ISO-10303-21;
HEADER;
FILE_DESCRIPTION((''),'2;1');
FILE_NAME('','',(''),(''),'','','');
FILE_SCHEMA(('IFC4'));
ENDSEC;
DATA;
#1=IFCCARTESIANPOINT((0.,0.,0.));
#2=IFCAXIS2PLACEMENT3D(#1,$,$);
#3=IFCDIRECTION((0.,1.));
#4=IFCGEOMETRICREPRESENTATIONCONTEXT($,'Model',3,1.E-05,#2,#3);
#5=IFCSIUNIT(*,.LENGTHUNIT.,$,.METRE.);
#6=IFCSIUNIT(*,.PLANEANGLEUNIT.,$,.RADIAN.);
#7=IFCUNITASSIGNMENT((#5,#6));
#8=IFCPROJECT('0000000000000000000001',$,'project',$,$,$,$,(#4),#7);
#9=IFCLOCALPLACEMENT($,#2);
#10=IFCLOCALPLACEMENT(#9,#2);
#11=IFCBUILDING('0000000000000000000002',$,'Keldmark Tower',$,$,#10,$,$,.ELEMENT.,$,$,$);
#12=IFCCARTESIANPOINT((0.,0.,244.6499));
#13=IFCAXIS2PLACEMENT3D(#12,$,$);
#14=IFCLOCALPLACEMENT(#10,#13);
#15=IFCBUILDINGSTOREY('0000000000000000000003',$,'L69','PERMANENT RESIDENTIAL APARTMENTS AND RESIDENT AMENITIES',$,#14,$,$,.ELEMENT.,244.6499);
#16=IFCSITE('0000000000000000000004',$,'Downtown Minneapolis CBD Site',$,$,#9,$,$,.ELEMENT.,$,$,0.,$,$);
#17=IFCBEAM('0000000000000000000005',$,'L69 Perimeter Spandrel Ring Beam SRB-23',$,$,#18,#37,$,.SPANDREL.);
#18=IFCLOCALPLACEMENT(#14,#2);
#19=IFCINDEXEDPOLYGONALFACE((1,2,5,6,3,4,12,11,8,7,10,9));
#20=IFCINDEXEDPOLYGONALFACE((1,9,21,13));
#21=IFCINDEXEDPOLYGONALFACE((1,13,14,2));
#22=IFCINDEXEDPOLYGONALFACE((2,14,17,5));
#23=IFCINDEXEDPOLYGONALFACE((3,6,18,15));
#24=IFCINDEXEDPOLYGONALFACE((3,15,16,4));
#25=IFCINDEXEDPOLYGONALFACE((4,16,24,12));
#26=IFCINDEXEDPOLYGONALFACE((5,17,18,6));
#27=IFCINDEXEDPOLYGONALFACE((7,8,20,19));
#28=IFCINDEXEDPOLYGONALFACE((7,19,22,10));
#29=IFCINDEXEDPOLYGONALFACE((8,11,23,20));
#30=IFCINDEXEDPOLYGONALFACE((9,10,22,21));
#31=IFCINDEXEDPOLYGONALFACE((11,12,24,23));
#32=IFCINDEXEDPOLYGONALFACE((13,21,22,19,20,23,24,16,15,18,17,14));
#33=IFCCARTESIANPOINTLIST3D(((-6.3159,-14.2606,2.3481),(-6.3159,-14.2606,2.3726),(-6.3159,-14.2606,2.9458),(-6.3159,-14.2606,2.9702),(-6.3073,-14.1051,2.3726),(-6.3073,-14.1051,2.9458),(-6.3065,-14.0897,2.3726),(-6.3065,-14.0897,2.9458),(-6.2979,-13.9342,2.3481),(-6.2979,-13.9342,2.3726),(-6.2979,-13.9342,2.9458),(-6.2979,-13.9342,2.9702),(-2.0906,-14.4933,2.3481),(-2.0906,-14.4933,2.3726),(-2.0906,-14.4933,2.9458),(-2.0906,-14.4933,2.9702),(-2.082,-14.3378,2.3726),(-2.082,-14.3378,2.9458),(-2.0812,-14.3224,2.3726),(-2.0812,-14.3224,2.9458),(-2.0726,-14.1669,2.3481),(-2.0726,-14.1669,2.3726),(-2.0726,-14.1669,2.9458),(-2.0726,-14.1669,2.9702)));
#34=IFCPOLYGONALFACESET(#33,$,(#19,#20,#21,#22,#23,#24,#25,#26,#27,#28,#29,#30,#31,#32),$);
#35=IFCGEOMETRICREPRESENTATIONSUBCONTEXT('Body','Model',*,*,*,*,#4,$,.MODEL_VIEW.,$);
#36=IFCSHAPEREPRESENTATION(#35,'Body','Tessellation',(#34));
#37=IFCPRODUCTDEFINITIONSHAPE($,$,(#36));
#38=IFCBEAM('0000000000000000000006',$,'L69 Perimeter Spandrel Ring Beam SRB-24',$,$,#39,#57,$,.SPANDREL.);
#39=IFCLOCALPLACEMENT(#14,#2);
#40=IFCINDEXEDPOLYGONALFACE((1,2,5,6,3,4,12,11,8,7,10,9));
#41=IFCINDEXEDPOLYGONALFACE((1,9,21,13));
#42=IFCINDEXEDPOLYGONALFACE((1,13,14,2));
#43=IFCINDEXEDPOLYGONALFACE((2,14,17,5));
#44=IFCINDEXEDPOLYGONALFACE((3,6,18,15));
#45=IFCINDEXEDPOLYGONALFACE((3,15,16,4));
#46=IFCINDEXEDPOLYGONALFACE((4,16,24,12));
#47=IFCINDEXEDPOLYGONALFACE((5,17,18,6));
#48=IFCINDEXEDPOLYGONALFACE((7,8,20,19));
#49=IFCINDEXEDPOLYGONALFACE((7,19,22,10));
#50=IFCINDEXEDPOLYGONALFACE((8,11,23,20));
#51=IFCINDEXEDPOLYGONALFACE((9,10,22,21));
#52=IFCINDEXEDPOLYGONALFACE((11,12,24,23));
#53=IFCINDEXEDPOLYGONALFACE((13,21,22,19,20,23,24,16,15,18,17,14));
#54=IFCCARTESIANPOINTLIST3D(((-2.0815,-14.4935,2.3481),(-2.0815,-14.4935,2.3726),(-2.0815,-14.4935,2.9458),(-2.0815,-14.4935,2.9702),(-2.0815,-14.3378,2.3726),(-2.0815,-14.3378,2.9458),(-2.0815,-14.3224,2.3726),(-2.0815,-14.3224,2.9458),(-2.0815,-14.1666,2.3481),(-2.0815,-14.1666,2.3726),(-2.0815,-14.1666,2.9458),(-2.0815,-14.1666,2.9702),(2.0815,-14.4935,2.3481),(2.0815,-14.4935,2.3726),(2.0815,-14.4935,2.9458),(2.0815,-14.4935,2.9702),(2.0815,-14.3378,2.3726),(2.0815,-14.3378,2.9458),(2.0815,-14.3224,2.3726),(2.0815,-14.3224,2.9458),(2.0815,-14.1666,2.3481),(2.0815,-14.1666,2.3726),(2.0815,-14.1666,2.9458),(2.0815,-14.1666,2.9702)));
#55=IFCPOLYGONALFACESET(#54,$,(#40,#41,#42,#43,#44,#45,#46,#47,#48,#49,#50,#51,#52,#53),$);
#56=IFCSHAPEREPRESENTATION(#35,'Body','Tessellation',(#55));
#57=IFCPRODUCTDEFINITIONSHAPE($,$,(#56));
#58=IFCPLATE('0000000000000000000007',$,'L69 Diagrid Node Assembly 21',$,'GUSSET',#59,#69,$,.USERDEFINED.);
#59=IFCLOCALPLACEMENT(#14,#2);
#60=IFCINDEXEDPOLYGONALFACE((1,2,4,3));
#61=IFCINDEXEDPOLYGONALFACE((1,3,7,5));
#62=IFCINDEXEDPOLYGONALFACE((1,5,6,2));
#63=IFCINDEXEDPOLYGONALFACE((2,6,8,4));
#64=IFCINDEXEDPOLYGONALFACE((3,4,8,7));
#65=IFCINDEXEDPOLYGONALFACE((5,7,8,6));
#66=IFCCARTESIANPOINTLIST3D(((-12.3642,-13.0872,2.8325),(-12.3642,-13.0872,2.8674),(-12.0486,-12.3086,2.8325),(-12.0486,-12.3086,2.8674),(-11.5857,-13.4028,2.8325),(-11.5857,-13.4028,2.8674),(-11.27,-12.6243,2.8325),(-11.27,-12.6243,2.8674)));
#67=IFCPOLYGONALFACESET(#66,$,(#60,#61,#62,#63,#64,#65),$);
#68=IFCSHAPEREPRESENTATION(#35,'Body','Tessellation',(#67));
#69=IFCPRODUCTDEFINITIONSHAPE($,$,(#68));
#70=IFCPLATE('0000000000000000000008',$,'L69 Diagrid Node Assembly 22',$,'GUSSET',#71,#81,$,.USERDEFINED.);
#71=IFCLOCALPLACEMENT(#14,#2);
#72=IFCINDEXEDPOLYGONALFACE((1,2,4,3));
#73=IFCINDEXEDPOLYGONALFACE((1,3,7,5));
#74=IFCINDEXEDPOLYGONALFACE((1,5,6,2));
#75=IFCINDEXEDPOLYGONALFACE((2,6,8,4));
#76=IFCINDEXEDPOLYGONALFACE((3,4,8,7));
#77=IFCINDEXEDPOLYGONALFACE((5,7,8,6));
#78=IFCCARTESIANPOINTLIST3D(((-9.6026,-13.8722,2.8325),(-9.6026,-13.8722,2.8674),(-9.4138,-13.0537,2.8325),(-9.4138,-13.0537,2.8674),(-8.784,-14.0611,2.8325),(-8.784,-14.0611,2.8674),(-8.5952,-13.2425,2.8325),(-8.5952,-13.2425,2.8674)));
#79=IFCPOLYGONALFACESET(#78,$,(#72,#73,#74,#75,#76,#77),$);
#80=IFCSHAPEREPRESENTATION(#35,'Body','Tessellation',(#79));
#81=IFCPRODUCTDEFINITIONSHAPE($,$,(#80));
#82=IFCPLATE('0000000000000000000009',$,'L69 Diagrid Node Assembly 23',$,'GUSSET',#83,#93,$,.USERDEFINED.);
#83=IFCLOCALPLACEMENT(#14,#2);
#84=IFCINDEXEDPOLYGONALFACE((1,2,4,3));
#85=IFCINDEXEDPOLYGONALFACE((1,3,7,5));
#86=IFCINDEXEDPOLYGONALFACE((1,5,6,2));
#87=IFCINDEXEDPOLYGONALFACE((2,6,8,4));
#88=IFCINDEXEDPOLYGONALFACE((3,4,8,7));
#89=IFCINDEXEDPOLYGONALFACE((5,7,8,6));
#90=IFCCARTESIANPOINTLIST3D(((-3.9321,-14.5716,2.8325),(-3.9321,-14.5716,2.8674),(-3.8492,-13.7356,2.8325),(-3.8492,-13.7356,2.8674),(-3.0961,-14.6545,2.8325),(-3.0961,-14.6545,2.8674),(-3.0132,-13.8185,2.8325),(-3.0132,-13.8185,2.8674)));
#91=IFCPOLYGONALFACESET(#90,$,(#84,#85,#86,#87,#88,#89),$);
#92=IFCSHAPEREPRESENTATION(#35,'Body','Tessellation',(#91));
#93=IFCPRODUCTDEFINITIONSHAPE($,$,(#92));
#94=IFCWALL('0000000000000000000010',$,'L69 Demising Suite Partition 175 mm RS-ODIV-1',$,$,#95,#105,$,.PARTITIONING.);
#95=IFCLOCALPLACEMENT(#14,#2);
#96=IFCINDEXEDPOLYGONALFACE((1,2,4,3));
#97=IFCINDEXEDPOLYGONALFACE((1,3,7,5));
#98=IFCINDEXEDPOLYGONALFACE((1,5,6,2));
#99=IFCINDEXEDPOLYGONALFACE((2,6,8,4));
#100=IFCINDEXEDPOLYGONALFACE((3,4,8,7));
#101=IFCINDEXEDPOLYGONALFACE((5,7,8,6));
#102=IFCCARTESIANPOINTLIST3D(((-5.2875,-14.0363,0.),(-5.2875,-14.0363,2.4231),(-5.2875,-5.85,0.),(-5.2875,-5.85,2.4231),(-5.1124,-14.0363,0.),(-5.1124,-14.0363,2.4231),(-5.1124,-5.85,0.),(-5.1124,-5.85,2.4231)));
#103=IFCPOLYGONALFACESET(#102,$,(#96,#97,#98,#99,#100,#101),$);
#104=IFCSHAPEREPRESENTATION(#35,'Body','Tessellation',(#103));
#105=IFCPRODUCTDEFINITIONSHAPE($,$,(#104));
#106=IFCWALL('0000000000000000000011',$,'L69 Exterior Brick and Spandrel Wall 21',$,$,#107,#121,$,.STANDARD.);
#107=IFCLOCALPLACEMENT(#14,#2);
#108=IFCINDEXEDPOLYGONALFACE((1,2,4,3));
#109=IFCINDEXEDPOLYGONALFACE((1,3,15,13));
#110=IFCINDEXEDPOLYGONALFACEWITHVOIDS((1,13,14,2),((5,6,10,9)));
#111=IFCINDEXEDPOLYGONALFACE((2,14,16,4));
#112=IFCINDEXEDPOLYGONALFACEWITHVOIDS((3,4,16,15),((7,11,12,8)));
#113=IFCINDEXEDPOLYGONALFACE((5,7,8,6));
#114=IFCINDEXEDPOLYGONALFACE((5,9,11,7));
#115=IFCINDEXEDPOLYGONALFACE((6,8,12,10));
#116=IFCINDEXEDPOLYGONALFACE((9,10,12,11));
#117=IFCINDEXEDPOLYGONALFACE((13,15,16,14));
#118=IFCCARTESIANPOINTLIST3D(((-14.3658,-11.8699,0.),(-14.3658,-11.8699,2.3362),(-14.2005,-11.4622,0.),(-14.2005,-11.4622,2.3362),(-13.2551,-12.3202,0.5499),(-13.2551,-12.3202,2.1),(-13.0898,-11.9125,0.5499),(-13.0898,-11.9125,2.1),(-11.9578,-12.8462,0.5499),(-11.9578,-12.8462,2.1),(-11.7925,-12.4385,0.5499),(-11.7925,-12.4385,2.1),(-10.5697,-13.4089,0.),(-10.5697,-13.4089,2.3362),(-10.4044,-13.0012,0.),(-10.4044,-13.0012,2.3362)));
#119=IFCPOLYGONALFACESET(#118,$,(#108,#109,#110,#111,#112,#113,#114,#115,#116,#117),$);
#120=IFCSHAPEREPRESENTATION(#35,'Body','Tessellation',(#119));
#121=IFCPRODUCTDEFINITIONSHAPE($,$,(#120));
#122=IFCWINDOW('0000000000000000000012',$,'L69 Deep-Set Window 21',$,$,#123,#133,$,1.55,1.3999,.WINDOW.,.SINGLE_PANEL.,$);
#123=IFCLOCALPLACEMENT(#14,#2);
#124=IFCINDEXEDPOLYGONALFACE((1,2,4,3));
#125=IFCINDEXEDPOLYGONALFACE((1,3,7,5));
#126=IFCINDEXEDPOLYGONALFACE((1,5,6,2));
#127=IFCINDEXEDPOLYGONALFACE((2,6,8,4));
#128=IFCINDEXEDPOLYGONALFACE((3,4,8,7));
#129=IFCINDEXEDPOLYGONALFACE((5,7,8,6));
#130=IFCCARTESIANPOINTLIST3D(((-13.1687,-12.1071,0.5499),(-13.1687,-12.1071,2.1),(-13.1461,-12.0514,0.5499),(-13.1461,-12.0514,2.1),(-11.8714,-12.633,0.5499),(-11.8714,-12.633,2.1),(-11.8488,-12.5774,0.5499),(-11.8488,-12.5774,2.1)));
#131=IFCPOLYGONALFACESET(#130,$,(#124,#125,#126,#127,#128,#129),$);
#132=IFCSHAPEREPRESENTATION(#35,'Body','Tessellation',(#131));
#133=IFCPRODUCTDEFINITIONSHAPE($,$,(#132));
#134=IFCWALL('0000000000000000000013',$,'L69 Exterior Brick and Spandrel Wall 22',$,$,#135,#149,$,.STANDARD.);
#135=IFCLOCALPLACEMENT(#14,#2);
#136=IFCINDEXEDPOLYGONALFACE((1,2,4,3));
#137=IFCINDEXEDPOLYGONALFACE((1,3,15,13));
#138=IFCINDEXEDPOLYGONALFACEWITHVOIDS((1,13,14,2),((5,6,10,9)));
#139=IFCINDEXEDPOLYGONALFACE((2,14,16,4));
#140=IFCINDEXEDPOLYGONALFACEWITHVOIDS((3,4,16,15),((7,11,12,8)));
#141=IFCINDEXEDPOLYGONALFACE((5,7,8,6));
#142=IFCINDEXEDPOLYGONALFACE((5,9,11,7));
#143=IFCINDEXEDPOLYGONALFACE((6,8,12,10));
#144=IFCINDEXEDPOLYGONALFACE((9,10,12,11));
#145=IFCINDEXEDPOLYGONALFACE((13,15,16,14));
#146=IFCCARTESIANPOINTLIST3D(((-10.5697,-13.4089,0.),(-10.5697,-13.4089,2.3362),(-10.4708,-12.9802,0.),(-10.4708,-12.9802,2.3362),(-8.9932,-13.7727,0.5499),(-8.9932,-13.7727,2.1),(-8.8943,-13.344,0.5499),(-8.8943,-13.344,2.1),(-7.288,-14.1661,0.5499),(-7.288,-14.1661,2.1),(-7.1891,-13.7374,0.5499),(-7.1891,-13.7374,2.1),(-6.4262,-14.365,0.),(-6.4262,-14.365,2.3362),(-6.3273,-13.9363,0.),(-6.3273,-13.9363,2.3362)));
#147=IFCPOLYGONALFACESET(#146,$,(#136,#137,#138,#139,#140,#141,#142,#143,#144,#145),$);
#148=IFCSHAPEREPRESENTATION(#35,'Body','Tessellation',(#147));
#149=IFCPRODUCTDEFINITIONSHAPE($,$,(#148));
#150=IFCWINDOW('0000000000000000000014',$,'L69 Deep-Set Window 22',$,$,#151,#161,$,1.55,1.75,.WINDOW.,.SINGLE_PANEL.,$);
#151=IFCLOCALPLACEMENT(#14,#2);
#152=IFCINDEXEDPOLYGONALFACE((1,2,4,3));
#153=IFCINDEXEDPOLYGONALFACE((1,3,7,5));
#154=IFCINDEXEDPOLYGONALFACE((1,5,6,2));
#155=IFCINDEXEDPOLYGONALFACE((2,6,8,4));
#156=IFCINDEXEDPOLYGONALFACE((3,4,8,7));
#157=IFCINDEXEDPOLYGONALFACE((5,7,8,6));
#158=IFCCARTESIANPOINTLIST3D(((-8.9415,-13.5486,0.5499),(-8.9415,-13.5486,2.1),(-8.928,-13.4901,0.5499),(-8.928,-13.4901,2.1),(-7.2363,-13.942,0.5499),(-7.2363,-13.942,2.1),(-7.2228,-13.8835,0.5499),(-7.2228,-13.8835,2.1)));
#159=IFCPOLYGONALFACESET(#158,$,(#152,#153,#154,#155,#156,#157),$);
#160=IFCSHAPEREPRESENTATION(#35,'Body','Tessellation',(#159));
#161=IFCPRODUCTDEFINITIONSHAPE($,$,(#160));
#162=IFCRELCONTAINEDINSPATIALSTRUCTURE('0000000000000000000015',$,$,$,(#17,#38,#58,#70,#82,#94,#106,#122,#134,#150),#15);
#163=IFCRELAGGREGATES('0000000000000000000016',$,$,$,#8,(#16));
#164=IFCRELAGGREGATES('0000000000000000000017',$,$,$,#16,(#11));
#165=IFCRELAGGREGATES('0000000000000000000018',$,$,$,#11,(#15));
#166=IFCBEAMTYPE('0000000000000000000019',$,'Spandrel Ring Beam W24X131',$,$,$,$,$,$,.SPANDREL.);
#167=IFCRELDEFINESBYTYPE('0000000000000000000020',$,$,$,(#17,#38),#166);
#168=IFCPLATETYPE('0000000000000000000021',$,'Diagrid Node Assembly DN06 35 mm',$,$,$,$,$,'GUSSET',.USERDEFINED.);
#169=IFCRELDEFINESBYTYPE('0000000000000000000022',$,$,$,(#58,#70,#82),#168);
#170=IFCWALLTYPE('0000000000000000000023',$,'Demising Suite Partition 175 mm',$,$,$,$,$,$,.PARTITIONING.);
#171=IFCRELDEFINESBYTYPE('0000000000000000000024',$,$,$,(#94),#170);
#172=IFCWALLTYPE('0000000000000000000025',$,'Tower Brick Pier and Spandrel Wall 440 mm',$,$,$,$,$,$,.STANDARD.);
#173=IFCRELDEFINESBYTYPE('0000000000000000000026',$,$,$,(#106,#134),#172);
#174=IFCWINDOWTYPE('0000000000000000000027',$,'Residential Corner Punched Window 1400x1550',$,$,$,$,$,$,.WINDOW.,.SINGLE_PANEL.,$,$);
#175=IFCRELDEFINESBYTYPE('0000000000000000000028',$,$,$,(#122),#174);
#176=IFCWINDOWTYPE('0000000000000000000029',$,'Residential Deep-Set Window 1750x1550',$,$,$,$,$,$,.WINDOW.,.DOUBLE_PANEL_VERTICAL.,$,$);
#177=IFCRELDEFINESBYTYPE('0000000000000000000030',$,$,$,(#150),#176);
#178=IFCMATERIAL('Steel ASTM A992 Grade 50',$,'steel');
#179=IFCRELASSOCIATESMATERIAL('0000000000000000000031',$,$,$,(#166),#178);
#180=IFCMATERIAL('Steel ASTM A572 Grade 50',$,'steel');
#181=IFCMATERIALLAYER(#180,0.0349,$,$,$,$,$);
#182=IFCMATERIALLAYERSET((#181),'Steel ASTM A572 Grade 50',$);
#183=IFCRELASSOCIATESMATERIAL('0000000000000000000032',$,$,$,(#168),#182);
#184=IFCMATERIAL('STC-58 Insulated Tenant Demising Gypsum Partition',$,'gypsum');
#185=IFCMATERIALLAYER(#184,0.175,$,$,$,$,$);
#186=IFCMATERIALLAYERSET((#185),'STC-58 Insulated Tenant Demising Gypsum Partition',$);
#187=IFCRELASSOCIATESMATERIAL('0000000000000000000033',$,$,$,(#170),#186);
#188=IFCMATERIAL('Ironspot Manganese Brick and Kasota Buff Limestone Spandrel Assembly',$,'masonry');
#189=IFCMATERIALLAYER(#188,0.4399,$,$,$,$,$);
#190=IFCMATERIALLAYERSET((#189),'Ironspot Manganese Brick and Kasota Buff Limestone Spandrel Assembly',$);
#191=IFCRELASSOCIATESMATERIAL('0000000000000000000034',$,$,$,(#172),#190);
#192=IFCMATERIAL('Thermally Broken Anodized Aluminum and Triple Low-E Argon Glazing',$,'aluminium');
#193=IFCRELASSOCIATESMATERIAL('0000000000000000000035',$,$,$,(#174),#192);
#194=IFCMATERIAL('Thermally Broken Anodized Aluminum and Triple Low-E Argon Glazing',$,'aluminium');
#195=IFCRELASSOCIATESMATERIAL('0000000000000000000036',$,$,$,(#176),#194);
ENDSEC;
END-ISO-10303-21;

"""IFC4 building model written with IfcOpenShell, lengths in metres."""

from ifc_helpers import new_model, si_unit, direction, frame, frame_2d, origin, origin_2d, place, context, subcontext, project, spatial, rectangle, i_section, extrude, material, layer, layer_set, material_profile, profile_set, type_object, element, fill, save


model = new_model("IFC4")

# Units and contexts
model_context = context("Model", 3, precision=1e-05, world=origin(), true_north=direction((0.0, 1.0)))
body_context = subcontext(model_context, "Body", "Model", "MODEL_VIEW")
ifc_project = project(units=[si_unit("LENGTHUNIT", "METRE"), si_unit("PLANEANGLEUNIT", "RADIAN")], contexts=[model_context])

# Site, building, storey
site_placement = place(None, origin())
site = spatial("IfcSite", under=ifc_project, at=site_placement, Name="Downtown Minneapolis CBD Site", CompositionType="ELEMENT", RefElevation=0.0)
building_placement = place(site_placement, origin())
building = spatial("IfcBuilding", under=site, at=building_placement, Name="Keldmark Tower", CompositionType="ELEMENT")
storey_placement = place(building_placement, frame((0.0, 0.0, 244.6499)))
storey = spatial("IfcBuildingStorey", under=building, at=storey_placement, Name="L69", Description="PERMANENT RESIDENTIAL APARTMENTS AND RESIDENT AMENITIES", CompositionType="ELEMENT", Elevation=244.6499)

# Beams
ifc_material_1 = material(Name="Steel ASTM A992 Grade 50", Category="steel")
ifc_material_profile_1 = material_profile(ifc_material_1, i_section(OverallWidth=0.3269, OverallDepth=0.6221, WebThickness=0.0154, FlangeThickness=0.0244, at=origin_2d()), Name="W24X131")
ifc_profile_set_1 = profile_set([ifc_material_profile_1], Name="Steel ASTM A992 Grade 50")
beam_type_1 = type_object("IfcBeamType", Name="Spandrel Ring Beam W24X131", PredefinedType="SPANDREL", material=ifc_profile_set_1)
beam_1_placement = place(storey_placement, frame((-6.3069, -14.0974, 2.6592), z_axis=(0.998487, -0.054981, 0.0), x_axis=(0.054981, 0.998487, 0.0)))
element("IfcBeam", 1, at=beam_1_placement, inside=storey, type_object=beam_type_1, Name="L69 Perimeter Spandrel Ring Beam SRB-23", PredefinedType="SPANDREL", context=body_context, shape_type="SweptSolid", body=[
    extrude(i_section(OverallWidth=0.3269, OverallDepth=0.6221, WebThickness=0.0154, FlangeThickness=0.0244, at=origin_2d()), origin(), (0.0, 0.0, 1.0), 4.2317),
])
beam_2_placement = place(storey_placement, frame((-2.0815, -14.3301, 2.6592), z_axis=(1.0, 0.0, 0.0), x_axis=(0.0, 1.0, 0.0)))
element("IfcBeam", 2, at=beam_2_placement, inside=storey, type_object=beam_type_1, Name="L69 Perimeter Spandrel Ring Beam SRB-24", PredefinedType="SPANDREL", context=body_context, shape_type="SweptSolid", body=[
    extrude(i_section(OverallWidth=0.3269, OverallDepth=0.6221, WebThickness=0.0154, FlangeThickness=0.0244, at=origin_2d()), origin(), (0.0, 0.0, 1.0), 4.1631),
])

# Plates
ifc_material_2 = material(Name="Steel ASTM A572 Grade 50", Category="steel")
ifc_layer_1 = layer(ifc_material_2, 0.0349)
ifc_layer_set_1 = layer_set([ifc_layer_1], Name="Steel ASTM A572 Grade 50")
plate_type = type_object("IfcPlateType", Name="Diagrid Node Assembly DN06 35 mm", ElementType="GUSSET", PredefinedType="USERDEFINED", material=ifc_layer_set_1)
for number, where, z_axis, x_axis, name in (
    (3, (-11.8171, -12.8557, 2.8325), (0.0, 0.0, 1.0), (0.926725, -0.375739, 0.0), "L69 Diagrid Node Assembly 21"),
    (4, (-9.0989, -13.5574, 2.8325), (0.0, 0.0, 1.0), (0.974409, -0.224781, 0.0), "L69 Diagrid Node Assembly 22"),
    (5, (-3.4727, -14.1951, 2.8325), (0.0, 0.0, 1.0), (0.995125, -0.098625, 0.0), "L69 Diagrid Node Assembly 23"),
):
    element("IfcPlate", number, at=place(storey_placement, frame(where, z_axis=z_axis, x_axis=x_axis)), inside=storey, type_object=plate_type, Name=name, ObjectType="GUSSET", PredefinedType="USERDEFINED", context=body_context, shape_type="SweptSolid", body=[
        extrude(rectangle(XDim=0.8401, YDim=0.8401, at=origin_2d()), origin(), (0.0, 0.0, 1.0), 0.0349),
    ])

# Wall
ifc_material_3 = material(Name="STC-58 Insulated Tenant Demising Gypsum Partition", Category="gypsum")
ifc_layer_2 = layer(ifc_material_3, 0.175)
ifc_layer_set_2 = layer_set([ifc_layer_2], Name="STC-58 Insulated Tenant Demising Gypsum Partition")
wall_type_1 = type_object("IfcWallType", Name="Demising Suite Partition 175 mm", PredefinedType="PARTITIONING", material=ifc_layer_set_2)
wall_1_placement = place(storey_placement, frame((-5.2, -14.0364, 0.0), z_axis=(0.0, 0.0, 1.0), x_axis=(0.0, 1.0, 0.0)))
element("IfcWall", 6, at=wall_1_placement, inside=storey, type_object=wall_type_1, Name="L69 Demising Suite Partition 175 mm RS-ODIV-1", PredefinedType="PARTITIONING", context=body_context, shape_type="SweptSolid", body=[
    extrude(rectangle(XDim=8.1863, YDim=0.175, at=frame_2d((4.0933, 0.0))), origin(), (0.0, 0.0, 1.0), 2.4231),
])

# Walls, openings, windows
ifc_material_4 = material(Name="Ironspot Manganese Brick and Kasota Buff Limestone Spandrel Assembly", Category="masonry")
ifc_layer_3 = layer(ifc_material_4, 0.4399)
ifc_layer_set_3 = layer_set([ifc_layer_3], Name="Ironspot Manganese Brick and Kasota Buff Limestone Spandrel Assembly")
wall_type_2 = type_object("IfcWallType", Name="Tower Brick Pier and Spandrel Wall 440 mm", PredefinedType="STANDARD", material=ifc_layer_set_3)
wall_2_placement = place(storey_placement, frame((-10.4871, -13.2051, 0.0), z_axis=(0.0, 0.0, 1.0), x_axis=(-0.926732, 0.375723, 0.0)))
wall_2 = element("IfcWall", 7, at=wall_2_placement, inside=storey, type_object=wall_type_2, Name="L69 Exterior Brick and Spandrel Wall 21", PredefinedType="STANDARD", context=body_context, shape_type="SweptSolid", body=[
    extrude(rectangle(XDim=4.0962, YDim=0.4399, at=frame_2d((2.0481, 0.0))), origin(), (0.0, 0.0, 1.0), 2.3362),
])
opening_1_placement = place(wall_2_placement, frame((1.4978, 0.0, 0.55)))
opening_1 = element("IfcOpeningElement", 8, at=opening_1_placement, cuts=wall_2, PredefinedType="OPENING", context=body_context, shape_type="SweptSolid", body=[
    extrude(rectangle(XDim=1.3999, YDim=1.55, at=frame_2d((0.7, 0.7749))), frame((0.0, 0.23, 0.0), z_axis=(0.0, -1.0, 0.0), x_axis=(1.0, 0.0, 0.0)), (0.0, 0.0, 1.0), 0.46),
])
ifc_material_5 = material(Name="Thermally Broken Anodized Aluminum and Triple Low-E Argon Glazing", Category="aluminium")
window_type_1 = type_object("IfcWindowType", Name="Residential Corner Punched Window 1400x1550", PartitioningType="SINGLE_PANEL", PredefinedType="WINDOW", material=ifc_material_5)
window_1_placement = place(opening_1_placement, origin())
window_1 = element("IfcWindow", 9, at=window_1_placement, inside=storey, type_object=window_type_1, Name="L69 Deep-Set Window 21", OverallHeight=1.55, OverallWidth=1.3999, PartitioningType="SINGLE_PANEL", PredefinedType="WINDOW", context=body_context, shape_type="SweptSolid", body=[
    extrude(rectangle(XDim=1.3999, YDim=1.55, at=frame_2d((0.7, 0.7749))), frame((0.0, -0.01, 0.0), z_axis=(0.0, -1.0, 0.0), x_axis=(1.0, 0.0, 0.0)), (0.0, 0.0, 1.0), 0.0601),
])
fill(opening_1, window_1)
wall_3_placement = place(storey_placement, frame((-6.3767, -14.1506, 0.0), z_axis=(0.0, 0.0, 1.0), x_axis=(-0.974399, 0.224826, 0.0)))
wall_3 = element("IfcWall", 10, at=wall_3_placement, inside=storey, type_object=wall_type_2, Name="L69 Exterior Brick and Spandrel Wall 22", PredefinedType="STANDARD", context=body_context, shape_type="SweptSolid", body=[
    extrude(rectangle(XDim=4.2524, YDim=0.4399, at=frame_2d((2.1262, 0.0))), origin(), (0.0, 0.0, 1.0), 2.3362),
])
opening_2_placement = place(wall_3_placement, frame((0.8845, 0.0, 0.55)))
opening_2 = element("IfcOpeningElement", 11, at=opening_2_placement, cuts=wall_3, PredefinedType="OPENING", context=body_context, shape_type="SweptSolid", body=[
    extrude(rectangle(XDim=1.75, YDim=1.55, at=frame_2d((0.875, 0.7749))), frame((0.0, 0.23, 0.0), z_axis=(0.0, -1.0, 0.0), x_axis=(1.0, 0.0, 0.0)), (0.0, 0.0, 1.0), 0.46),
])
ifc_material_6 = material(Name="Thermally Broken Anodized Aluminum and Triple Low-E Argon Glazing", Category="aluminium")
window_type_2 = type_object("IfcWindowType", Name="Residential Deep-Set Window 1750x1550", PartitioningType="DOUBLE_PANEL_VERTICAL", PredefinedType="WINDOW", material=ifc_material_6)
window_2_placement = place(opening_2_placement, origin())
window_2 = element("IfcWindow", 12, at=window_2_placement, inside=storey, type_object=window_type_2, Name="L69 Deep-Set Window 22", OverallHeight=1.55, OverallWidth=1.75, PartitioningType="SINGLE_PANEL", PredefinedType="WINDOW", context=body_context, shape_type="SweptSolid", body=[
    extrude(rectangle(XDim=1.75, YDim=1.55, at=frame_2d((0.875, 0.7749))), frame((0.0, -0.01, 0.0), z_axis=(0.0, -1.0, 0.0), x_axis=(1.0, 0.0, 0.0)), (0.0, 0.0, 1.0), 0.0601),
])
fill(opening_2, window_2)

save(model, "model.ifc")
